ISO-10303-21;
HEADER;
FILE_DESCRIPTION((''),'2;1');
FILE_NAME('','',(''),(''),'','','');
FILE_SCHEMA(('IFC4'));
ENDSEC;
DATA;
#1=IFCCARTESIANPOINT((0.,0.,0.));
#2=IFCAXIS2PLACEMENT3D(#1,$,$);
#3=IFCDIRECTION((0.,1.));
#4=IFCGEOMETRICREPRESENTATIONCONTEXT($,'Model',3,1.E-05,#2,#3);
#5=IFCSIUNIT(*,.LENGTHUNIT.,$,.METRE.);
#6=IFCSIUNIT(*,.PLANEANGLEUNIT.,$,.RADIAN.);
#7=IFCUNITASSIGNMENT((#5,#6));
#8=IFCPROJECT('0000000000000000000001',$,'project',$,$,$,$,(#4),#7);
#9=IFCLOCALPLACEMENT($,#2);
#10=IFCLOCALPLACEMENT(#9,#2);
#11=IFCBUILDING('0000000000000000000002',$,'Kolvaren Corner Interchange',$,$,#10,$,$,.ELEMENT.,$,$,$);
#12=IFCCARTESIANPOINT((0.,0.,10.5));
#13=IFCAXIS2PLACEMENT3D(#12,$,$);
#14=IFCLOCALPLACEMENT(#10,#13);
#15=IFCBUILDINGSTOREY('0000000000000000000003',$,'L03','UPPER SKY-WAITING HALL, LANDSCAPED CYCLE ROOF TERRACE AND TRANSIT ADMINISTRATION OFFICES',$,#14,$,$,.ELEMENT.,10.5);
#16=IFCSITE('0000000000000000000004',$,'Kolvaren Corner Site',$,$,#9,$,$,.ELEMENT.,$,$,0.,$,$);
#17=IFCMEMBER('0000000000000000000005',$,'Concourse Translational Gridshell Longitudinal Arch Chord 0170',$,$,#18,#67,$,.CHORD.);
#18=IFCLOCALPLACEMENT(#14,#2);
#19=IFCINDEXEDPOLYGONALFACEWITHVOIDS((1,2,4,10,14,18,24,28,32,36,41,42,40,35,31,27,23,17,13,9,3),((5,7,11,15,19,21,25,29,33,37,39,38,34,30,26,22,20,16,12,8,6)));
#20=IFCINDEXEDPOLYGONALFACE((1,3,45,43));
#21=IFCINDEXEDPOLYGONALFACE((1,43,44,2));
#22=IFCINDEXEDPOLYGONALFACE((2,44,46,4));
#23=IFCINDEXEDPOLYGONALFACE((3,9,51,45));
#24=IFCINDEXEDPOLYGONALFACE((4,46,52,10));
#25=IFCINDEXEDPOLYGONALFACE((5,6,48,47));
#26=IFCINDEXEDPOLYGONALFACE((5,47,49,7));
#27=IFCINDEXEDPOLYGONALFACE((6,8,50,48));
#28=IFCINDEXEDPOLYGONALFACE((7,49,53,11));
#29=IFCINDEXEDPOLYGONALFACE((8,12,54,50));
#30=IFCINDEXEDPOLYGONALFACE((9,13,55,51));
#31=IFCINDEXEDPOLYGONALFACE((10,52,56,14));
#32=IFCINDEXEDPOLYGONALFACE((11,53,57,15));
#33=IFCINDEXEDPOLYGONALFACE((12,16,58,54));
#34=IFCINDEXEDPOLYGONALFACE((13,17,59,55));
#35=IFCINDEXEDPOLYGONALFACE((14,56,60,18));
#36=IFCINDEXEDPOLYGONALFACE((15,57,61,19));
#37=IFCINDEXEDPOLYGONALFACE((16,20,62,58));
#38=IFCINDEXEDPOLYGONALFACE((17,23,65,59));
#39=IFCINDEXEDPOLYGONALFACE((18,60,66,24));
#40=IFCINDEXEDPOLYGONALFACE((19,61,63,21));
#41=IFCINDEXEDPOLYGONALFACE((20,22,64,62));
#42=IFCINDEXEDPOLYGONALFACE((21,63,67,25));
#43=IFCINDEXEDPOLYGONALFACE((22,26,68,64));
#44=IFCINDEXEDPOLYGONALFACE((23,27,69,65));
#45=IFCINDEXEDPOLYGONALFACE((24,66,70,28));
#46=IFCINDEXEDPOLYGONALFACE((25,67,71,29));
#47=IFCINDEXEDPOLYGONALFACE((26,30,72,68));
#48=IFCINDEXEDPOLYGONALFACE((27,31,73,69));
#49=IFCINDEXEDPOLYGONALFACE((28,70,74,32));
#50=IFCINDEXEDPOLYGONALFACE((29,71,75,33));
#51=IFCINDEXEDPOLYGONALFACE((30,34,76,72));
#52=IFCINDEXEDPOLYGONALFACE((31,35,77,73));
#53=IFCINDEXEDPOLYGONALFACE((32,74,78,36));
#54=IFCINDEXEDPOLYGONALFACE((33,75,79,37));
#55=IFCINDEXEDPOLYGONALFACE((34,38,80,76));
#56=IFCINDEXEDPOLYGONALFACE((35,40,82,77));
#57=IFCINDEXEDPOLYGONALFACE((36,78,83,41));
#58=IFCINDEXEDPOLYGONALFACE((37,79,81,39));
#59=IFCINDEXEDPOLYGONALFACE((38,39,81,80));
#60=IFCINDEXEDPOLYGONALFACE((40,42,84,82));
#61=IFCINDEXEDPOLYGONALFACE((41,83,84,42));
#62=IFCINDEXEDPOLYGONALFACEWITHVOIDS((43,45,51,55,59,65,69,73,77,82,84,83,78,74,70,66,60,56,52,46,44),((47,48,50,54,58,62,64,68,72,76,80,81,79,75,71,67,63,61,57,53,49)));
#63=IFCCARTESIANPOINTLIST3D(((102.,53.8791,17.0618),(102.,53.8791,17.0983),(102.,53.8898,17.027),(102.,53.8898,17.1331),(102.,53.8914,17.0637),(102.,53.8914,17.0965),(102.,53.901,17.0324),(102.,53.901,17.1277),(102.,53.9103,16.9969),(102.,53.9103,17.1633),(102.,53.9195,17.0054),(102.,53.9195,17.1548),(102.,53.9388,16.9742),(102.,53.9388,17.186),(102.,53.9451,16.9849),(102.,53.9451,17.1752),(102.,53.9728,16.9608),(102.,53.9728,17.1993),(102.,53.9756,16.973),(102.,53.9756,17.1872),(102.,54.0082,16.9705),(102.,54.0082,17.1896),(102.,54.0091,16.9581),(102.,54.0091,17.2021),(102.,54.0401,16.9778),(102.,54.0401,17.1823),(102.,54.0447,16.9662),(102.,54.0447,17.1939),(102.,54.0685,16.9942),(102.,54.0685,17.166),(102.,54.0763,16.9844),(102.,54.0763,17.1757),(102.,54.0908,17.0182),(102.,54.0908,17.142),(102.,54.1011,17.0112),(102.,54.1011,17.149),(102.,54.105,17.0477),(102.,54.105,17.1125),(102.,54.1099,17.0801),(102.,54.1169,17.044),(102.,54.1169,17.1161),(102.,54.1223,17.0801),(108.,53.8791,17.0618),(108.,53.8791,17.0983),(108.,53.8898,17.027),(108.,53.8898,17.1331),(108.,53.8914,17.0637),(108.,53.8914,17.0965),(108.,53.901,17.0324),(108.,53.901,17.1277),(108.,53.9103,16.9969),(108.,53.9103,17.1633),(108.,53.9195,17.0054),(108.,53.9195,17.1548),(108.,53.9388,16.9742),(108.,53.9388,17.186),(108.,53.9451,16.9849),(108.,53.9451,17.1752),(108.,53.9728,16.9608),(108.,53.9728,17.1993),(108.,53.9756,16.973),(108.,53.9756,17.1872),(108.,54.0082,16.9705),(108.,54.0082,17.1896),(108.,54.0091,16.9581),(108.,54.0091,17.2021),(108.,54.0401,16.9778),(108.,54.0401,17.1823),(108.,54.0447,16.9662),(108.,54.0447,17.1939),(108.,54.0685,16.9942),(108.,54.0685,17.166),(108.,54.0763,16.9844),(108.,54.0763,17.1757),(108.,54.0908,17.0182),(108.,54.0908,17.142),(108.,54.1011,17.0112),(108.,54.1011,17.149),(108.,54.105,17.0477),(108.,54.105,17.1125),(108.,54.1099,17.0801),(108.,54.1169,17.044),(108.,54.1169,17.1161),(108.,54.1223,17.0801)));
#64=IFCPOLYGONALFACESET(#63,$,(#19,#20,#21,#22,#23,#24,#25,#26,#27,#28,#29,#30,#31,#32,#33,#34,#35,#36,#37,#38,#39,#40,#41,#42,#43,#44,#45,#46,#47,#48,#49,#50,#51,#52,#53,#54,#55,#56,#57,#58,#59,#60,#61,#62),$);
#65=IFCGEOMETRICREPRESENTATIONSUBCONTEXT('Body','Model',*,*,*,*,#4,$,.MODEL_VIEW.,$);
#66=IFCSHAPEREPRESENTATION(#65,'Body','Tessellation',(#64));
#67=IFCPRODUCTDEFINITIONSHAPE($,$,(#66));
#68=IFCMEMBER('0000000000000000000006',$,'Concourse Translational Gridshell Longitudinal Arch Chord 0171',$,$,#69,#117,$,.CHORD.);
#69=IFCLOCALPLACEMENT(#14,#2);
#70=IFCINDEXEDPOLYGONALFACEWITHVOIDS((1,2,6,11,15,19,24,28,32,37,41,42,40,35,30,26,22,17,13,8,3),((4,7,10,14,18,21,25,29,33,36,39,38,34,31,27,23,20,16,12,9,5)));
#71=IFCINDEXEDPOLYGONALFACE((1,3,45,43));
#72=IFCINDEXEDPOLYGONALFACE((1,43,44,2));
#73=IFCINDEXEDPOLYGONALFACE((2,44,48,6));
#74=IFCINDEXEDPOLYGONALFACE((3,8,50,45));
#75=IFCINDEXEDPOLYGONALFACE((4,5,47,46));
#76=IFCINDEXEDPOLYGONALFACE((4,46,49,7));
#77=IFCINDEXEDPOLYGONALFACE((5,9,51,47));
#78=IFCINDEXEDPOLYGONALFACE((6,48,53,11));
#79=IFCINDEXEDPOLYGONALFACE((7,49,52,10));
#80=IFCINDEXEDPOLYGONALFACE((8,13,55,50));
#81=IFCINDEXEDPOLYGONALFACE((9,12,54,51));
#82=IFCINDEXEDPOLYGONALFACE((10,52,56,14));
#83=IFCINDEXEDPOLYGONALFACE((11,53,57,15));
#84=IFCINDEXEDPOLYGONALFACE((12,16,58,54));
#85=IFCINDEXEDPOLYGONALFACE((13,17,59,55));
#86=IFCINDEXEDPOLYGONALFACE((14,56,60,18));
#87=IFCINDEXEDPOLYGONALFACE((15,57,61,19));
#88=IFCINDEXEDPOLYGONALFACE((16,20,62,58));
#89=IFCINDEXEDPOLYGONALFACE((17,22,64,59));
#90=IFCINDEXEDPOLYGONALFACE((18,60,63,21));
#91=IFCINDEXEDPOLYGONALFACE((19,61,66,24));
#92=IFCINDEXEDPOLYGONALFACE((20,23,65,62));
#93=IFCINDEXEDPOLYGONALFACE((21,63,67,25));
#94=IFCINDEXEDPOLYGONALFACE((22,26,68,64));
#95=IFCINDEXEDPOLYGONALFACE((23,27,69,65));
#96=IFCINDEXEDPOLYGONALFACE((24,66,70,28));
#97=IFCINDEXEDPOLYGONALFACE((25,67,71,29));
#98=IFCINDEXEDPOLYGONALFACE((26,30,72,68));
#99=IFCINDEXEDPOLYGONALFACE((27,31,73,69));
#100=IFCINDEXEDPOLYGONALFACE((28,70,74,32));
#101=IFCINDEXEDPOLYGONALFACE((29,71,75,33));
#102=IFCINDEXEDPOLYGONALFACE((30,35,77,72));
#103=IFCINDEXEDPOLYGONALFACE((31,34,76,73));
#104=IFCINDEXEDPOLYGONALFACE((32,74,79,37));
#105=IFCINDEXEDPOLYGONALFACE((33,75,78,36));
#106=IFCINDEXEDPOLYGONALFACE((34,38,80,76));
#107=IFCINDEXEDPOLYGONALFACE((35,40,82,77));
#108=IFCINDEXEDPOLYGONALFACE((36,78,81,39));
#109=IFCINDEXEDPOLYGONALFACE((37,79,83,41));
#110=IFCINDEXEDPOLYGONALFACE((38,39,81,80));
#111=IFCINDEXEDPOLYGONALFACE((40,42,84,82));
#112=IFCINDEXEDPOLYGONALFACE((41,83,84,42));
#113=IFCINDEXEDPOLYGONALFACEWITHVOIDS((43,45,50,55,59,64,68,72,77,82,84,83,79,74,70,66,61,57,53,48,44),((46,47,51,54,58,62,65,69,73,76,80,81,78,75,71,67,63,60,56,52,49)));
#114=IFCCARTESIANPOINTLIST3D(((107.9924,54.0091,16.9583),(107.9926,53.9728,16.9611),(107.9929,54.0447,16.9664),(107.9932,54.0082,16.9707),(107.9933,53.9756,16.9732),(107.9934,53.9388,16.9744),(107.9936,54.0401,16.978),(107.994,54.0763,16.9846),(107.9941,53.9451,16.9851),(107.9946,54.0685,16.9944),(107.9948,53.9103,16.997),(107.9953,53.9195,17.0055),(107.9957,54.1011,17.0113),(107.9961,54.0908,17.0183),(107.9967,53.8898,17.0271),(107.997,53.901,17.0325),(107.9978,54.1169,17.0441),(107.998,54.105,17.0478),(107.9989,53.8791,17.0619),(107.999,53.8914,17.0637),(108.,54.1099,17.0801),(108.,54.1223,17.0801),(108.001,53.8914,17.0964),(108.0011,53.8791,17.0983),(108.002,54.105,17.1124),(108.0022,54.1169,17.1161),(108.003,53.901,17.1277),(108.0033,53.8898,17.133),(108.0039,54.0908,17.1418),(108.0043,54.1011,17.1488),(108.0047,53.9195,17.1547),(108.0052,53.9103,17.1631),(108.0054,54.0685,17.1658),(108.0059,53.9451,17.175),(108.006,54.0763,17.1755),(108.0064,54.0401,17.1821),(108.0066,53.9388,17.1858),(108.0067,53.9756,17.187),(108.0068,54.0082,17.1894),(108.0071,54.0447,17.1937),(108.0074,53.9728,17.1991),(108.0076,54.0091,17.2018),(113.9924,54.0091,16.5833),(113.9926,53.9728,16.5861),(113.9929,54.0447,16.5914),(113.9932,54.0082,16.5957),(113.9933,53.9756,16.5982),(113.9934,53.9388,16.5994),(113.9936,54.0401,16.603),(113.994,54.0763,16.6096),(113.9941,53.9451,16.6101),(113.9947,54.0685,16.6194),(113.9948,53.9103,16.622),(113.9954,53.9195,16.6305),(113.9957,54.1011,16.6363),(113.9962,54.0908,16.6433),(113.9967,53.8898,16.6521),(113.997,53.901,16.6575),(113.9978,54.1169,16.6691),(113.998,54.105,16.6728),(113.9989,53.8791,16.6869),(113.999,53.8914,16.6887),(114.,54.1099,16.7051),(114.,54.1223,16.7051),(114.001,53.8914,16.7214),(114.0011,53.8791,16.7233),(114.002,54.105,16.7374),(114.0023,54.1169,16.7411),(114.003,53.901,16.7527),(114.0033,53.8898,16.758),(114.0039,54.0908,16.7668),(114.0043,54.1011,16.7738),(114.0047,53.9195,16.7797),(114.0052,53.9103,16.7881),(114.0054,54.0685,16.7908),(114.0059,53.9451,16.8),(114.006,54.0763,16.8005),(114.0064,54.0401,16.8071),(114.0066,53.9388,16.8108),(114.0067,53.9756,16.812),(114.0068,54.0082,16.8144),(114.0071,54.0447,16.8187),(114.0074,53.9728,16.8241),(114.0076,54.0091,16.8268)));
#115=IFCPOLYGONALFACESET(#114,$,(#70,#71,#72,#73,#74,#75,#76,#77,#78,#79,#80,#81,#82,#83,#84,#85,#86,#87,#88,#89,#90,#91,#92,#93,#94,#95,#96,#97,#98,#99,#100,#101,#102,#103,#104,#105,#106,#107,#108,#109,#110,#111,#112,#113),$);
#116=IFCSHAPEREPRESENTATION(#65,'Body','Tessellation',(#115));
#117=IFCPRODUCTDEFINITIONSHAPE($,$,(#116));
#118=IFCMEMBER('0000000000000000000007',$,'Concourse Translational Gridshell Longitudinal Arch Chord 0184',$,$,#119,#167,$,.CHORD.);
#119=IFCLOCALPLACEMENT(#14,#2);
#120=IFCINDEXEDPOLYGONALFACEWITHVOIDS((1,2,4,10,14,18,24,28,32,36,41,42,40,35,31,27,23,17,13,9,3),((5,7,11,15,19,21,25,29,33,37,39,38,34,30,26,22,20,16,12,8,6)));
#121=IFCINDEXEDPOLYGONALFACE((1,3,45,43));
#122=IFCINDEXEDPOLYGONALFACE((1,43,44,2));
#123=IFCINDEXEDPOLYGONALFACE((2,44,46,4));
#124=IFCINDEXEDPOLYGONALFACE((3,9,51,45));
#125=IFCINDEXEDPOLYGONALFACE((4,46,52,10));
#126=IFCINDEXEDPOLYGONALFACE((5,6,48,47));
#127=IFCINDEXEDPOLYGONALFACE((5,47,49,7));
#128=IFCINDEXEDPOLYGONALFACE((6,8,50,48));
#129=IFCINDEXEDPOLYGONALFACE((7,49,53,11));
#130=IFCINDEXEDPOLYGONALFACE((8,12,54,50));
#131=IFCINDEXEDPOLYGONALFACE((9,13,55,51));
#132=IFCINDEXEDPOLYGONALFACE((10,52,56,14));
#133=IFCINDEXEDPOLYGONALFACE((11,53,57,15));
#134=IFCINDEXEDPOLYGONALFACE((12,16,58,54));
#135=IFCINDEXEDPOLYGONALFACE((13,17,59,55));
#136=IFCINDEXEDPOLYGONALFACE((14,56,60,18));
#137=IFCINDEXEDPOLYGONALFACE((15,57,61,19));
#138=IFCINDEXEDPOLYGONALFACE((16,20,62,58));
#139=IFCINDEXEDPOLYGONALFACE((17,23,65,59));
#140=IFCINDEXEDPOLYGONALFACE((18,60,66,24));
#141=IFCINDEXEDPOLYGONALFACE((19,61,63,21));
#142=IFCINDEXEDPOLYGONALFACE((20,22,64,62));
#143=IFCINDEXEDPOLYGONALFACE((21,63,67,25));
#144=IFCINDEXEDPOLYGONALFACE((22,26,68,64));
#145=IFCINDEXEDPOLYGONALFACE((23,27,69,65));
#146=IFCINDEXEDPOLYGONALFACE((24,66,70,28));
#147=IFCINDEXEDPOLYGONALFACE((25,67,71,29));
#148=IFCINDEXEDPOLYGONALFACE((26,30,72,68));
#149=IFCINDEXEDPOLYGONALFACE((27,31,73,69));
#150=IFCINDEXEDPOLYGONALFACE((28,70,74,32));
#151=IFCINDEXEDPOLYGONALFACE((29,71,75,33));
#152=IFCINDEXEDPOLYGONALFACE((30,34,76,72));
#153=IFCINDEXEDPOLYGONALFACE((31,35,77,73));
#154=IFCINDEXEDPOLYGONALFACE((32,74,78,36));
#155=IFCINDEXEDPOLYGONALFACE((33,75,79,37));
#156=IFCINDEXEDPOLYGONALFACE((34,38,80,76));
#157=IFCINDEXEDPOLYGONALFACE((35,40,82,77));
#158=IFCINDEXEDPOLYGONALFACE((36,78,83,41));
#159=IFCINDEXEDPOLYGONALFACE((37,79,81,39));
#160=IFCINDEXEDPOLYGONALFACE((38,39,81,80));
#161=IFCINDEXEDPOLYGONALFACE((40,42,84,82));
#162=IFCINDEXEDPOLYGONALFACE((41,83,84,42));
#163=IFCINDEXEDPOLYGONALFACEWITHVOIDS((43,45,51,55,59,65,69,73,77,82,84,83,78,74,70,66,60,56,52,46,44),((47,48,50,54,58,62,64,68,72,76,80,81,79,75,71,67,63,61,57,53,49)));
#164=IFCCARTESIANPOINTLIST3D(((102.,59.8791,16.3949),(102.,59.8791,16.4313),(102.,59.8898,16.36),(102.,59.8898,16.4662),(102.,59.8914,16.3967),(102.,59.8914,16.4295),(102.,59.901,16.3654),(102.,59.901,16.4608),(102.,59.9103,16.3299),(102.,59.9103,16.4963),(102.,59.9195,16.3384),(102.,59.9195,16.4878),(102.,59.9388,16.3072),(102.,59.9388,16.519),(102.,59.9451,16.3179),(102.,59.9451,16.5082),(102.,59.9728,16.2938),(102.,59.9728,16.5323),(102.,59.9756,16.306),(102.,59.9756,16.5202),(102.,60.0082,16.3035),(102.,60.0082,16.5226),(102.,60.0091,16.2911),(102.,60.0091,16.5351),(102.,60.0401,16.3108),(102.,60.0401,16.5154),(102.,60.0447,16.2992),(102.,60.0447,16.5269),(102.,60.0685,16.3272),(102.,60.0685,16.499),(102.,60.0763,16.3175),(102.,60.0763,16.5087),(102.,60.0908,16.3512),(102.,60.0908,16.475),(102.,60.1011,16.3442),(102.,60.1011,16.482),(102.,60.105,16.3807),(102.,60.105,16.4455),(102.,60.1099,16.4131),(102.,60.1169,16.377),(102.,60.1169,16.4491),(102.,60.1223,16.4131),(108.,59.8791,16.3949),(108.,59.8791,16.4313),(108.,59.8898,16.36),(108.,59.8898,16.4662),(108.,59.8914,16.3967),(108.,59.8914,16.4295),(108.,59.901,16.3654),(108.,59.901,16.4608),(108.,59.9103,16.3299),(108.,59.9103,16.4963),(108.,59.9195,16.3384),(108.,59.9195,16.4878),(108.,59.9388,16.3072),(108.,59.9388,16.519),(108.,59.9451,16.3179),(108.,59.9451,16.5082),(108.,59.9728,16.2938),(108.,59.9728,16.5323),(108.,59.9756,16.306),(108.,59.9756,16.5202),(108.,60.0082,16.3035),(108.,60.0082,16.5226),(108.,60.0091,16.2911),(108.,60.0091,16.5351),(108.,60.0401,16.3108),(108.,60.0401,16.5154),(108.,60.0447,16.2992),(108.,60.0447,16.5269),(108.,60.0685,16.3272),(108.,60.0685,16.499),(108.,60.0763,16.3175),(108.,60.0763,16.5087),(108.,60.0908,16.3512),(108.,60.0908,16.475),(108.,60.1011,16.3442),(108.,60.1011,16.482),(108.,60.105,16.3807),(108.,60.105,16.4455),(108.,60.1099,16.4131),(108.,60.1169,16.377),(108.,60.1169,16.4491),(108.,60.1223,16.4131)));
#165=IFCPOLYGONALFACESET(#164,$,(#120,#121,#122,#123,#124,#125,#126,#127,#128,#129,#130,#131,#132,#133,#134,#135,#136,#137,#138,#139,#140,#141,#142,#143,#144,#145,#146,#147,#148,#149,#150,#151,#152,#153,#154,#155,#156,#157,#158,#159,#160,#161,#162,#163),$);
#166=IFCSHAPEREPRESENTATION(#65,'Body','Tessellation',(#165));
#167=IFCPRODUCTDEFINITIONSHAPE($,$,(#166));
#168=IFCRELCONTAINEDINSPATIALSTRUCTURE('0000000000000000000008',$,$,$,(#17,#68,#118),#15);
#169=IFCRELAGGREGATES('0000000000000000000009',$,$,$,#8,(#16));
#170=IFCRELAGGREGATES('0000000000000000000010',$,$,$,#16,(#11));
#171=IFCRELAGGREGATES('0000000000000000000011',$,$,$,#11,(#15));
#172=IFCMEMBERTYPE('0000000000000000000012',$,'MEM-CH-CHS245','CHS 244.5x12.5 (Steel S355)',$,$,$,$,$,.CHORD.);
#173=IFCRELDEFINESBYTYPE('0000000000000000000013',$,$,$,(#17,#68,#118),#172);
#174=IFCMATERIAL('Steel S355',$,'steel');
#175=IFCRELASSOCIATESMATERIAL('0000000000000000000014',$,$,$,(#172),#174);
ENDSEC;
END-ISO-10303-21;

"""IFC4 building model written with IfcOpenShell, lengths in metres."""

from ifc_helpers import new_model, si_unit, direction, frame, origin, origin_2d, place, context, subcontext, project, spatial, hollow_circle, extrude, material, material_profile, profile_set, type_object, element, save


model = new_model("IFC4")

# Units and contexts
model_context = context("Model", 3, precision=1e-05, world=origin(), true_north=direction((0.0, 1.0)))
body_context = subcontext(model_context, "Body", "Model", "MODEL_VIEW")
ifc_project = project(units=[si_unit("LENGTHUNIT", "METRE"), si_unit("PLANEANGLEUNIT", "RADIAN")], contexts=[model_context])

# Site, building, storey
site_placement = place(None, origin())
site = spatial("IfcSite", under=ifc_project, at=site_placement, Name="Kolvaren Corner Site", CompositionType="ELEMENT", RefElevation=0.0)
building_placement = place(site_placement, origin())
building = spatial("IfcBuilding", under=site, at=building_placement, Name="Kolvaren Corner Interchange", CompositionType="ELEMENT")
storey_placement = place(building_placement, frame((0.0, 0.0, 10.5)))
storey = spatial("IfcBuildingStorey", under=building, at=storey_placement, Name="L03", Description="UPPER SKY-WAITING HALL, LANDSCAPED CYCLE ROOF TERRACE AND TRANSIT ADMINISTRATION OFFICES", CompositionType="ELEMENT", Elevation=10.5)

# Members
ifc_material_1 = material(Name="Steel S355", Category="steel")
ifc_material_profile_1 = material_profile(ifc_material_1, hollow_circle(Radius=0.1223, WallThickness=0.0125, at=origin_2d()), Name="CHS 244.5x12.5")
ifc_profile_set_1 = profile_set([ifc_material_profile_1], Name="Steel S355")
member_type_1 = type_object("IfcMemberType", Name="MEM-CH-CHS245", Description="CHS 244.5x12.5 (Steel S355)", PredefinedType="CHORD", material=ifc_profile_set_1)
member_1_placement = place(storey_placement, frame((102.0, 54.0, 17.0801), z_axis=(1.0, 0.0, 0.0), x_axis=(0.0, 1.0, 0.0)))
element("IfcMember", 1, at=member_1_placement, inside=storey, type_object=member_type_1, Name="Concourse Translational Gridshell Longitudinal Arch Chord 0170", PredefinedType="CHORD", context=body_context, shape_type="SweptSolid", body=[
    extrude(hollow_circle(Radius=0.1223, WallThickness=0.0125, at=origin_2d()), origin(), (0.0, 0.0, 1.0), 6.0),
])
member_2_placement = place(storey_placement, frame((108.0, 54.0, 17.0801), z_axis=(0.998053, 0.0, -0.062378), x_axis=(0.0, 1.0, 0.0)))
element("IfcMember", 2, at=member_2_placement, inside=storey, type_object=member_type_1, Name="Concourse Translational Gridshell Longitudinal Arch Chord 0171", PredefinedType="CHORD", context=body_context, shape_type="SweptSolid", body=[
    extrude(hollow_circle(Radius=0.1223, WallThickness=0.0125, at=origin_2d()), origin(), (0.0, 0.0, 1.0), 6.0117),
])
member_3_placement = place(storey_placement, frame((102.0, 60.0, 16.4131), z_axis=(1.0, 0.0, 0.0), x_axis=(0.0, 1.0, 0.0)))
element("IfcMember", 3, at=member_3_placement, inside=storey, type_object=member_type_1, Name="Concourse Translational Gridshell Longitudinal Arch Chord 0184", PredefinedType="CHORD", context=body_context, shape_type="SweptSolid", body=[
    extrude(hollow_circle(Radius=0.1223, WallThickness=0.0125, at=origin_2d()), origin(), (0.0, 0.0, 1.0), 6.0),
])

save(model, "model.ifc")
